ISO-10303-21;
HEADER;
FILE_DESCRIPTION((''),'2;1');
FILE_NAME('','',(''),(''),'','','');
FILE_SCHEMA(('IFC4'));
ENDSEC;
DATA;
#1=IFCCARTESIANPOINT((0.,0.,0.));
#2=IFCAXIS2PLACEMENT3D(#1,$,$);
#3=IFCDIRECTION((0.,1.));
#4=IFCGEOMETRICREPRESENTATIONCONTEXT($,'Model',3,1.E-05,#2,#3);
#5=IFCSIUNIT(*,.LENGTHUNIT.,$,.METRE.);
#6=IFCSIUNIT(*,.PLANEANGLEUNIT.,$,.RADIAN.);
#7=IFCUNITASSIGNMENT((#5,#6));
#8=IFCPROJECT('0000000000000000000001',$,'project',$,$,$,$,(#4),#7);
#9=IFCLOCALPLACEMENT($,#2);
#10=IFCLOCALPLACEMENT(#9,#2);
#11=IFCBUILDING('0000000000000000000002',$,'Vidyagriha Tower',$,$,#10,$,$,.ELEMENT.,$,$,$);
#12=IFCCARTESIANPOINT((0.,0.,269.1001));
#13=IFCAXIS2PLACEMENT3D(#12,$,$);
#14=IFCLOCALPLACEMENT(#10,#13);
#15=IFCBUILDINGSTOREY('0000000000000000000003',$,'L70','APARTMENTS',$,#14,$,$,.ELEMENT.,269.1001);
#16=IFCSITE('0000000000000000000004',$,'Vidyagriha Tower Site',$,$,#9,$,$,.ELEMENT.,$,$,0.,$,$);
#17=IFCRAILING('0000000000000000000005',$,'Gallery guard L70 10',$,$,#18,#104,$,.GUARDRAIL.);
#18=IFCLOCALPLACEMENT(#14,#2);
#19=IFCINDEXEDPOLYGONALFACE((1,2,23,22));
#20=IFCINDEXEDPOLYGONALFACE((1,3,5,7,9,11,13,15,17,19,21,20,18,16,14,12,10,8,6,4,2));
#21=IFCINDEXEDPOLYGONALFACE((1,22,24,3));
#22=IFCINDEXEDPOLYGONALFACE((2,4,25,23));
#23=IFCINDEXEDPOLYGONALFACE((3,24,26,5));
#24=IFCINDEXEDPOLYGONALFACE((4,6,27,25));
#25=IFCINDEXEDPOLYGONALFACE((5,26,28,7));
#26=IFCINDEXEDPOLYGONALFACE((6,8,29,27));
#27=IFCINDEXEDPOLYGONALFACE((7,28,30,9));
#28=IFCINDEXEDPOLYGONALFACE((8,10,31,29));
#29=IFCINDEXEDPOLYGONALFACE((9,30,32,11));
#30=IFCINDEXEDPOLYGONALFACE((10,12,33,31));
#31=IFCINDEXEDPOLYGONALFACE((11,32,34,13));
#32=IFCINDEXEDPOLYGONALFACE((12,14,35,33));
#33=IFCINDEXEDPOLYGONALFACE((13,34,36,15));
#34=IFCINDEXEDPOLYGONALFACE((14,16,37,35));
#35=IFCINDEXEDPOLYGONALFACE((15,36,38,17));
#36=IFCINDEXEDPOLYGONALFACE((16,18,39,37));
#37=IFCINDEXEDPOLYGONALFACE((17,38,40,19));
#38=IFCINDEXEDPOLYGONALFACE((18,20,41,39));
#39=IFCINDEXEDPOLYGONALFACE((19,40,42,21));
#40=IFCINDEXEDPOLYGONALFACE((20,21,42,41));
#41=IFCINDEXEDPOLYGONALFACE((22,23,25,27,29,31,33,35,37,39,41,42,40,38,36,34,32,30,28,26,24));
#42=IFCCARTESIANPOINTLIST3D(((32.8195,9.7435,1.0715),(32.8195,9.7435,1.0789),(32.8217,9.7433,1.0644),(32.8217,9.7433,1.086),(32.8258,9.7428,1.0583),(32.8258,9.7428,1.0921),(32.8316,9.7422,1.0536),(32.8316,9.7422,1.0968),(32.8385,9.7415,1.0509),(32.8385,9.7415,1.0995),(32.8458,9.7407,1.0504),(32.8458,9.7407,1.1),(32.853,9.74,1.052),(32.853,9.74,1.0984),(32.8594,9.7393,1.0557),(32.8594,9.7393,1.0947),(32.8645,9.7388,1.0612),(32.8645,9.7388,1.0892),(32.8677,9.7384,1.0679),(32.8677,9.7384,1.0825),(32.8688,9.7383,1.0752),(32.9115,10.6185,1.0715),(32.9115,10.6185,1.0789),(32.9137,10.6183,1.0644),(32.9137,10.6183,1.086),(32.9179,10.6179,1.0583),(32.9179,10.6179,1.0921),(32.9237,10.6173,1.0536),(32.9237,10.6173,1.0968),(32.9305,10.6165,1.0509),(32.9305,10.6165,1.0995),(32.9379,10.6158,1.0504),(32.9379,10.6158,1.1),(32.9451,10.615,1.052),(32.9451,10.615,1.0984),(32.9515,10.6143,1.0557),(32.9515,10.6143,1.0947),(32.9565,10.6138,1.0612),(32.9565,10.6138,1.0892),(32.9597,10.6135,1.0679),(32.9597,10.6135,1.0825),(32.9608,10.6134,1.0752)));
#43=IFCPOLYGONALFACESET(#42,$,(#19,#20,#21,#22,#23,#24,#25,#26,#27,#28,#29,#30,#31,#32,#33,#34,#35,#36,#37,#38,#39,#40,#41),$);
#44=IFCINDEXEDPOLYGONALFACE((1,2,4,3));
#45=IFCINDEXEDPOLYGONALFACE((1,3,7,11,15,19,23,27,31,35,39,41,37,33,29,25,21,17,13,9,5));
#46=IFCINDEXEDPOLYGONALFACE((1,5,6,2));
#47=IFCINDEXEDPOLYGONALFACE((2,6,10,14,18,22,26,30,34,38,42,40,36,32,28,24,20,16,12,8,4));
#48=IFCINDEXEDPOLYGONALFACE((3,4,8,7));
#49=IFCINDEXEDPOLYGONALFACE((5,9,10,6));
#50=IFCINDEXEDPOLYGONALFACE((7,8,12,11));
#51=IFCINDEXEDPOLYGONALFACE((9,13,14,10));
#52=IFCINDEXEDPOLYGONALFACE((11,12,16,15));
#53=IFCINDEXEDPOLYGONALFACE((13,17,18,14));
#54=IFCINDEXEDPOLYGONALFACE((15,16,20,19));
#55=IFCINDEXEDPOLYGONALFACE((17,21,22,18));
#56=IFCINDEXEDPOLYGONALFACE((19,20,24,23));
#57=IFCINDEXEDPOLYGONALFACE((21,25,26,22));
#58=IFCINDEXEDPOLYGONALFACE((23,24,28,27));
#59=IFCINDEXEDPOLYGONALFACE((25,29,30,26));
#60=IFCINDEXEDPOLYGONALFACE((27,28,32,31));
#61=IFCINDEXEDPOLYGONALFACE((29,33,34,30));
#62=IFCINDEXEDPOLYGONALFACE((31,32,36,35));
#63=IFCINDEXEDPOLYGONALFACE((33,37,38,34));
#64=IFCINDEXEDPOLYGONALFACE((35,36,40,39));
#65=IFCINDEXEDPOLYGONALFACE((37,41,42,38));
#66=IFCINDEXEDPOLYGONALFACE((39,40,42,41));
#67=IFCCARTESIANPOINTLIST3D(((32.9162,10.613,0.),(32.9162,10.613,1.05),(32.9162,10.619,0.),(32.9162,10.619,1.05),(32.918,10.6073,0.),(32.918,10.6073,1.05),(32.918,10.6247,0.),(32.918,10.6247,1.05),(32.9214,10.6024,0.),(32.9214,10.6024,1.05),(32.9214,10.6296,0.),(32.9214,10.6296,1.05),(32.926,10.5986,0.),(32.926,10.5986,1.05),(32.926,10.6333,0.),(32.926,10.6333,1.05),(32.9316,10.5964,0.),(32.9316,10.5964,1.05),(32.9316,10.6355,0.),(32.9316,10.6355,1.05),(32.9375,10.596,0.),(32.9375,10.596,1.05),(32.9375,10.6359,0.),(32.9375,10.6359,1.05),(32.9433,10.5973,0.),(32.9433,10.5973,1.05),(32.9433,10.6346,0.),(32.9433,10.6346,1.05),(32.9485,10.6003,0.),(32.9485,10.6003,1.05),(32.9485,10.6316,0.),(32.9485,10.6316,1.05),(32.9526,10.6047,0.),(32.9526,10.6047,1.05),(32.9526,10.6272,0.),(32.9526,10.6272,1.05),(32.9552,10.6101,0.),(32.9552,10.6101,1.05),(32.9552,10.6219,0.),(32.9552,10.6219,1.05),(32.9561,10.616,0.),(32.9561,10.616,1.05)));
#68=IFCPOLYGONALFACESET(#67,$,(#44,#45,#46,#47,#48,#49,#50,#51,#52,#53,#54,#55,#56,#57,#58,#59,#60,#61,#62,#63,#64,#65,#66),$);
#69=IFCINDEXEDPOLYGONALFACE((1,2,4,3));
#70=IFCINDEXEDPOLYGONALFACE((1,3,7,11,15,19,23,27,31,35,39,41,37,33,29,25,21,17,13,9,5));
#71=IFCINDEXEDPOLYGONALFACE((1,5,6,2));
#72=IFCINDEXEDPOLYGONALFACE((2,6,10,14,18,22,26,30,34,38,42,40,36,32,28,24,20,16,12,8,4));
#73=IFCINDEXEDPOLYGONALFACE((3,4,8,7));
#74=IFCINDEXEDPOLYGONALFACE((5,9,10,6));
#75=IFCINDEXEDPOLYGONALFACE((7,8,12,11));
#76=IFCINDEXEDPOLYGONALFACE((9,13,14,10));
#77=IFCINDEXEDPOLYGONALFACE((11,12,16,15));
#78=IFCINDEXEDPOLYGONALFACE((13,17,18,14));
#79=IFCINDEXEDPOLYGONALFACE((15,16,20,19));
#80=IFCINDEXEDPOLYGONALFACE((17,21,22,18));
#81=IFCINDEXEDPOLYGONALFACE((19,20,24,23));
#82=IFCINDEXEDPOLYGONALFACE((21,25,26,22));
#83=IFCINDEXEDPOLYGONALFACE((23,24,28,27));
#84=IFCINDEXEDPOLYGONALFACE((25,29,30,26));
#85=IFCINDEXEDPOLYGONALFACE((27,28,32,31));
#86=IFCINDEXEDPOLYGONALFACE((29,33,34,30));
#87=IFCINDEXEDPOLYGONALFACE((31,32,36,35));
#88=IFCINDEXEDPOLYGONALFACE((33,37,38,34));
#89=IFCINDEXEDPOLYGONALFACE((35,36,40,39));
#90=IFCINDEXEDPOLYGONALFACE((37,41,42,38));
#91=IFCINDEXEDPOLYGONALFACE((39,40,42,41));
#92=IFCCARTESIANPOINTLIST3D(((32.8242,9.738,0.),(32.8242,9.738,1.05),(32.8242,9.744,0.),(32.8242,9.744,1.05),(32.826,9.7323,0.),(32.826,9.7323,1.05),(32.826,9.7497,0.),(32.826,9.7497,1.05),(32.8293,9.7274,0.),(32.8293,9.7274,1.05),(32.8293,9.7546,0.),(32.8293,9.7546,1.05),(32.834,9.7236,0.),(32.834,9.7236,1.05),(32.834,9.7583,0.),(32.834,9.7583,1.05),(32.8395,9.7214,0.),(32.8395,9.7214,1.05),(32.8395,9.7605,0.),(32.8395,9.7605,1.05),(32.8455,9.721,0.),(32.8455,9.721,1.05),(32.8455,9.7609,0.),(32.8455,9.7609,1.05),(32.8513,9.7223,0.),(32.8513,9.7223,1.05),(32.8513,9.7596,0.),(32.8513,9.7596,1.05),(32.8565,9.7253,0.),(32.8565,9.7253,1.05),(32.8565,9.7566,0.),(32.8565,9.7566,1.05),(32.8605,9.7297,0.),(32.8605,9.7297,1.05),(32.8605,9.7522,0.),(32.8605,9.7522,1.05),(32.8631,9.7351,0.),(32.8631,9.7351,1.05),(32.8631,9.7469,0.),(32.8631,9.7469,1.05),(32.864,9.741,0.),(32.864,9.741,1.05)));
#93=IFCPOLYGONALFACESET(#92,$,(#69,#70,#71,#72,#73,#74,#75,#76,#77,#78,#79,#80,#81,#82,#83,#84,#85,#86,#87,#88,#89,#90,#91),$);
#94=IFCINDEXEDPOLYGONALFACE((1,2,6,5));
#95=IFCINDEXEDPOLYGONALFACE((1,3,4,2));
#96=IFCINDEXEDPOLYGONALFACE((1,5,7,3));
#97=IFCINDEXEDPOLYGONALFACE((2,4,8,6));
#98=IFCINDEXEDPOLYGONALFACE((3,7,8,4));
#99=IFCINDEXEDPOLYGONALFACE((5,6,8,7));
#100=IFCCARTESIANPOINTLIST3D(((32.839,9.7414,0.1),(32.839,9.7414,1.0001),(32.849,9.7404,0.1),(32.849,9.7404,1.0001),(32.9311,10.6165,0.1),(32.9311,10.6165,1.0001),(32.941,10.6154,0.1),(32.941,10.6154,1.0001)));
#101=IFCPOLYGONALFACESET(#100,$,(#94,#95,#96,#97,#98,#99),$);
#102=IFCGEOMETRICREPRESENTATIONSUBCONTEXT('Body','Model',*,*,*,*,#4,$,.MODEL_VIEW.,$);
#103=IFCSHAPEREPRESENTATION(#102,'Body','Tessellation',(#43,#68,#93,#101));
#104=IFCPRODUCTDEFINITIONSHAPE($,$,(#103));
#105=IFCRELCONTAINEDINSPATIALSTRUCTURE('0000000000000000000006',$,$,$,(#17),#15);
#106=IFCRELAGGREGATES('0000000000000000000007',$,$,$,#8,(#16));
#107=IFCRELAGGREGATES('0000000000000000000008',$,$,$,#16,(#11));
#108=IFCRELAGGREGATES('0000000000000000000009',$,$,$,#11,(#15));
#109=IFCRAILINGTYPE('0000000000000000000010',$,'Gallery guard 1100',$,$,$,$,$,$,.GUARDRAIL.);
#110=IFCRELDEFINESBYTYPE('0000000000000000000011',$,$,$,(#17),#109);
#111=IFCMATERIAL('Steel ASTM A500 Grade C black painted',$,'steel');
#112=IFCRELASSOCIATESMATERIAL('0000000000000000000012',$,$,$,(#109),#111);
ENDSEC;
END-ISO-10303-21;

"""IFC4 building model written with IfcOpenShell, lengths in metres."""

from ifc_helpers import new_model, si_unit, direction, frame, origin, origin_2d, place, context, subcontext, project, spatial, rectangle, circle, extrude, material, type_object, element, save


model = new_model("IFC4")

# Units and contexts
model_context = context("Model", 3, precision=1e-05, world=origin(), true_north=direction((0.0, 1.0)))
body_context = subcontext(model_context, "Body", "Model", "MODEL_VIEW")
ifc_project = project(units=[si_unit("LENGTHUNIT", "METRE"), si_unit("PLANEANGLEUNIT", "RADIAN")], contexts=[model_context])

# Site, building, storey
site_placement = place(None, origin())
site = spatial("IfcSite", under=ifc_project, at=site_placement, Name="Vidyagriha Tower Site", CompositionType="ELEMENT", RefElevation=0.0)
building_placement = place(site_placement, origin())
building = spatial("IfcBuilding", under=site, at=building_placement, Name="Vidyagriha Tower", CompositionType="ELEMENT")
storey_placement = place(building_placement, frame((0.0, 0.0, 269.1001)))
storey = spatial("IfcBuildingStorey", under=building, at=storey_placement, Name="L70", Description="APARTMENTS", CompositionType="ELEMENT", Elevation=269.1001)

# Railing
ifc_material_1 = material(Name="Steel ASTM A500 Grade C black painted", Category="steel")
railing_type_1 = type_object("IfcRailingType", Name="Gallery guard 1100", PredefinedType="GUARDRAIL", material=ifc_material_1)
railing_1_placement = place(storey_placement, frame((32.936, 10.616, 0.0)))
element("IfcRailing", 1, at=railing_1_placement, inside=storey, type_object=railing_type_1, Name="Gallery guard L70 10", PredefinedType="GUARDRAIL", context=body_context, shape_type="SweptSolid", body=[
    extrude(circle(Radius=0.0249, at=origin_2d()), frame((0.0, 0.0, 1.0752), z_axis=(-0.104613, -0.994513, 0.0), x_axis=(0.994513, -0.104613, 0.0)), (0.0, 0.0, 1.0), 0.8799),
    extrude(circle(Radius=0.02, at=origin_2d()), origin(), (0.0, 0.0, 1.0), 1.05),
    extrude(circle(Radius=0.02, at=origin_2d()), frame((-0.092, -0.875, 0.0)), (0.0, 0.0, 1.0), 1.05),
    extrude(rectangle(XDim=0.01, YDim=0.9001, at=origin_2d()), frame((0.0, 0.0, 0.55), z_axis=(-0.104613, -0.994513, 0.0), x_axis=(0.994513, -0.104613, 0.0)), (0.0, 0.0, 1.0), 0.8799),
])

save(model, "model.ifc")
